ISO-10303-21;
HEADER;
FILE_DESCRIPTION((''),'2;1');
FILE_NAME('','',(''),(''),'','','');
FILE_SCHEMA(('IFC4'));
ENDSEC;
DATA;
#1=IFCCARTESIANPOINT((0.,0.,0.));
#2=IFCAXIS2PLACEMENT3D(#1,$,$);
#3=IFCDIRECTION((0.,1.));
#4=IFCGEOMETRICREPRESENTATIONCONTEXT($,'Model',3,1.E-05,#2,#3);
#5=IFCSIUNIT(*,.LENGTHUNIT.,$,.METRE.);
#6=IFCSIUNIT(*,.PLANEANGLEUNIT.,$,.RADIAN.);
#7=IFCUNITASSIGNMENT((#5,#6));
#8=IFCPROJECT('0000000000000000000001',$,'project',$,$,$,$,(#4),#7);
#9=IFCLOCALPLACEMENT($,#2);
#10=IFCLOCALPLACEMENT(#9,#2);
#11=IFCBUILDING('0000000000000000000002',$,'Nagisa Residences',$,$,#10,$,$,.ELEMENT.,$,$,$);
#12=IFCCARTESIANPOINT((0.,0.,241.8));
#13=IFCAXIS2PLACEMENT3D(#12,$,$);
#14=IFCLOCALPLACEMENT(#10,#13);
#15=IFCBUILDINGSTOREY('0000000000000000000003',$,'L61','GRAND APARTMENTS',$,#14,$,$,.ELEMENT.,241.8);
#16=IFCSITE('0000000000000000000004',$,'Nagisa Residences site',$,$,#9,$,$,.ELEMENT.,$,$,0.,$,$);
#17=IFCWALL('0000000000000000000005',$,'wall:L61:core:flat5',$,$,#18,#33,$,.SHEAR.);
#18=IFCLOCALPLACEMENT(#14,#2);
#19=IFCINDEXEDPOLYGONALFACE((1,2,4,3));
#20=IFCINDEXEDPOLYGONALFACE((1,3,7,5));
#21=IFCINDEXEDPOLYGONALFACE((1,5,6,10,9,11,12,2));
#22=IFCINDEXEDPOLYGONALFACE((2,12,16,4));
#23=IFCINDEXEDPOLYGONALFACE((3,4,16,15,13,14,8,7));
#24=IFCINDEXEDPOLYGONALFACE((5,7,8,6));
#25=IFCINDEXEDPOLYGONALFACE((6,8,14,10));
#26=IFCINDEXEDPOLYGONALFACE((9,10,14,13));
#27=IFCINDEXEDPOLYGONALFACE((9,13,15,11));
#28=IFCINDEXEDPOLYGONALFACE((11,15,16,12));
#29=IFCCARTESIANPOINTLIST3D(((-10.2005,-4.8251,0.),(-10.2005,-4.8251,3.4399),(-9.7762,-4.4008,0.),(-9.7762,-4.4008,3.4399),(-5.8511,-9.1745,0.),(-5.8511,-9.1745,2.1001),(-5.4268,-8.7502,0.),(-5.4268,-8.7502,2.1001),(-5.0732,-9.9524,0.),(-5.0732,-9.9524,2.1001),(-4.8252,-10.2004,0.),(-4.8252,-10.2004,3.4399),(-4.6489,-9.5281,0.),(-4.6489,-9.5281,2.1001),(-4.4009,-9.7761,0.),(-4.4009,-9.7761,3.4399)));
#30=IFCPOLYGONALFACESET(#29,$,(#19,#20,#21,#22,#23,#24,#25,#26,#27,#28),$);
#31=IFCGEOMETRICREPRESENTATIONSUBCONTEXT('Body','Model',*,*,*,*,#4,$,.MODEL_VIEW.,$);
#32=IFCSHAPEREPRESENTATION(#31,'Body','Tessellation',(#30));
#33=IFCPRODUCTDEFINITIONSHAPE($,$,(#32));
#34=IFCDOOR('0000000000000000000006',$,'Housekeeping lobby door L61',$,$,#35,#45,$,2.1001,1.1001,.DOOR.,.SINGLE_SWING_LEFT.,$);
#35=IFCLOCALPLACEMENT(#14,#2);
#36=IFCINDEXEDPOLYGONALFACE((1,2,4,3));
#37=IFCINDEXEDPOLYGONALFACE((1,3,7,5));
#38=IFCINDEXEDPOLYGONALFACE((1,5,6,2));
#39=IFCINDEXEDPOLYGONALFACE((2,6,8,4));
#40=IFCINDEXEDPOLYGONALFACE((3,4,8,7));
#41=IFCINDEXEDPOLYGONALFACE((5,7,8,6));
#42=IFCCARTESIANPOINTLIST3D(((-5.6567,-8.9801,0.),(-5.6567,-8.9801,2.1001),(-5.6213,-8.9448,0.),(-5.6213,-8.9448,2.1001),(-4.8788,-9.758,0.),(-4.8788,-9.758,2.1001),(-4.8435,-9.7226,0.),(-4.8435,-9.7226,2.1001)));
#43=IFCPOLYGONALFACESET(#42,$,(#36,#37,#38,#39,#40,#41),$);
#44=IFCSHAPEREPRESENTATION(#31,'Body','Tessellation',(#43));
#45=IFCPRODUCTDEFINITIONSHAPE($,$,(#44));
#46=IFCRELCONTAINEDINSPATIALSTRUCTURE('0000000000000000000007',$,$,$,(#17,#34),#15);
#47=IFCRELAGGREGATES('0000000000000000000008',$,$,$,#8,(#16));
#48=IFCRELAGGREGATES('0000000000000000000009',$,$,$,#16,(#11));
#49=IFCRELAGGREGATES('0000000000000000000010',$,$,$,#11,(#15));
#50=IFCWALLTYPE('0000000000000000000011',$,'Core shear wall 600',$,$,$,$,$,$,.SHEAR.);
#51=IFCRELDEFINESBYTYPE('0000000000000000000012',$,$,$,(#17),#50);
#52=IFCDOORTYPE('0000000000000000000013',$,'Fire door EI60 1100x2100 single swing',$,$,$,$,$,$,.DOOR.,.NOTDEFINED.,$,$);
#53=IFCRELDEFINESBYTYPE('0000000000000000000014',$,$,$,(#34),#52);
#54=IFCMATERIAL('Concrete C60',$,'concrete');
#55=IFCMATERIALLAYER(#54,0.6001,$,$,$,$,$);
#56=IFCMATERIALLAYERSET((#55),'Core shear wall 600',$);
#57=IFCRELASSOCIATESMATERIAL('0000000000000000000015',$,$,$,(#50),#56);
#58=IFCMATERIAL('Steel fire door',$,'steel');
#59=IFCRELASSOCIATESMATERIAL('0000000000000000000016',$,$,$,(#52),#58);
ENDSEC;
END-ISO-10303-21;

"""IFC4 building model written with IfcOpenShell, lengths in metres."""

from ifc_helpers import new_model, si_unit, direction, frame, frame_2d, origin, place, context, subcontext, project, spatial, rectangle, extrude, material, layer, layer_set, type_object, element, fill, save


model = new_model("IFC4")

# Units and contexts
model_context = context("Model", 3, precision=1e-05, world=origin(), true_north=direction((0.0, 1.0)))
body_context = subcontext(model_context, "Body", "Model", "MODEL_VIEW")
ifc_project = project(units=[si_unit("LENGTHUNIT", "METRE"), si_unit("PLANEANGLEUNIT", "RADIAN")], contexts=[model_context])

# Site, building, storey
site_placement = place(None, origin())
site = spatial("IfcSite", under=ifc_project, at=site_placement, Name="Nagisa Residences site", CompositionType="ELEMENT", RefElevation=0.0)
building_placement = place(site_placement, origin())
building = spatial("IfcBuilding", under=site, at=building_placement, Name="Nagisa Residences", CompositionType="ELEMENT")
storey_placement = place(building_placement, frame((0.0, 0.0, 241.8)))
storey = spatial("IfcBuildingStorey", under=building, at=storey_placement, Name="L61", Description="GRAND APARTMENTS", CompositionType="ELEMENT", Elevation=241.8)

# Wall, opening, door
ifc_material_1 = material(Name="Concrete C60", Category="concrete")
ifc_layer_1 = layer(ifc_material_1, 0.6001)
ifc_layer_set_1 = layer_set([ifc_layer_1], Name="Core shear wall 600")
wall_type_1 = type_object("IfcWallType", Name="Core shear wall 600", PredefinedType="SHEAR", material=ifc_layer_set_1)
wall_1_placement = place(storey_placement, frame((-9.9883, -4.613, 0.0), z_axis=(0.0, 0.0, 1.0), x_axis=(0.707107, -0.707107, 0.0)))
wall_1 = element("IfcWall", 1, at=wall_1_placement, inside=storey, type_object=wall_type_1, Name="wall:L61:core:flat5", PredefinedType="SHEAR", context=body_context, shape_type="SweptSolid", body=[
    extrude(rectangle(XDim=7.6018, YDim=0.6001, at=frame_2d((3.8008, 0.0))), origin(), (0.0, 0.0, 1.0), 3.4399),
])
opening_1_placement = place(wall_1_placement, frame((6.1509, 0.0, 0.0)))
opening_1 = element("IfcOpeningElement", 2, at=opening_1_placement, cuts=wall_1, PredefinedType="OPENING", context=body_context, shape_type="SweptSolid", body=[
    extrude(rectangle(XDim=1.1001, YDim=2.1001, at=frame_2d((0.55, 1.05))), frame((0.0, 0.3101, 0.0), z_axis=(0.0, -1.0, 0.0), x_axis=(1.0, 0.0, 0.0)), (0.0, 0.0, 1.0), 0.6201),
])
ifc_material_2 = material(Name="Steel fire door", Category="steel")
door_type_1 = type_object("IfcDoorType", Name="Fire door EI60 1100x2100 single swing", OperationType="NOTDEFINED", PredefinedType="DOOR", material=ifc_material_2)
door_1_placement = place(opening_1_placement, origin())
door_1 = element("IfcDoor", 3, at=door_1_placement, inside=storey, type_object=door_type_1, Name="Housekeeping lobby door L61", OperationType="SINGLE_SWING_LEFT", OverallHeight=2.1001, OverallWidth=1.1001, PredefinedType="DOOR", context=body_context, shape_type="SweptSolid", body=[
    extrude(rectangle(XDim=1.1001, YDim=2.1001, at=frame_2d((0.55, 1.05))), frame((0.0, 0.0249, 0.0), z_axis=(0.0, -1.0, 0.0), x_axis=(1.0, 0.0, 0.0)), (0.0, 0.0, 1.0), 0.05),
])
fill(opening_1, door_1)

save(model, "model.ifc")
